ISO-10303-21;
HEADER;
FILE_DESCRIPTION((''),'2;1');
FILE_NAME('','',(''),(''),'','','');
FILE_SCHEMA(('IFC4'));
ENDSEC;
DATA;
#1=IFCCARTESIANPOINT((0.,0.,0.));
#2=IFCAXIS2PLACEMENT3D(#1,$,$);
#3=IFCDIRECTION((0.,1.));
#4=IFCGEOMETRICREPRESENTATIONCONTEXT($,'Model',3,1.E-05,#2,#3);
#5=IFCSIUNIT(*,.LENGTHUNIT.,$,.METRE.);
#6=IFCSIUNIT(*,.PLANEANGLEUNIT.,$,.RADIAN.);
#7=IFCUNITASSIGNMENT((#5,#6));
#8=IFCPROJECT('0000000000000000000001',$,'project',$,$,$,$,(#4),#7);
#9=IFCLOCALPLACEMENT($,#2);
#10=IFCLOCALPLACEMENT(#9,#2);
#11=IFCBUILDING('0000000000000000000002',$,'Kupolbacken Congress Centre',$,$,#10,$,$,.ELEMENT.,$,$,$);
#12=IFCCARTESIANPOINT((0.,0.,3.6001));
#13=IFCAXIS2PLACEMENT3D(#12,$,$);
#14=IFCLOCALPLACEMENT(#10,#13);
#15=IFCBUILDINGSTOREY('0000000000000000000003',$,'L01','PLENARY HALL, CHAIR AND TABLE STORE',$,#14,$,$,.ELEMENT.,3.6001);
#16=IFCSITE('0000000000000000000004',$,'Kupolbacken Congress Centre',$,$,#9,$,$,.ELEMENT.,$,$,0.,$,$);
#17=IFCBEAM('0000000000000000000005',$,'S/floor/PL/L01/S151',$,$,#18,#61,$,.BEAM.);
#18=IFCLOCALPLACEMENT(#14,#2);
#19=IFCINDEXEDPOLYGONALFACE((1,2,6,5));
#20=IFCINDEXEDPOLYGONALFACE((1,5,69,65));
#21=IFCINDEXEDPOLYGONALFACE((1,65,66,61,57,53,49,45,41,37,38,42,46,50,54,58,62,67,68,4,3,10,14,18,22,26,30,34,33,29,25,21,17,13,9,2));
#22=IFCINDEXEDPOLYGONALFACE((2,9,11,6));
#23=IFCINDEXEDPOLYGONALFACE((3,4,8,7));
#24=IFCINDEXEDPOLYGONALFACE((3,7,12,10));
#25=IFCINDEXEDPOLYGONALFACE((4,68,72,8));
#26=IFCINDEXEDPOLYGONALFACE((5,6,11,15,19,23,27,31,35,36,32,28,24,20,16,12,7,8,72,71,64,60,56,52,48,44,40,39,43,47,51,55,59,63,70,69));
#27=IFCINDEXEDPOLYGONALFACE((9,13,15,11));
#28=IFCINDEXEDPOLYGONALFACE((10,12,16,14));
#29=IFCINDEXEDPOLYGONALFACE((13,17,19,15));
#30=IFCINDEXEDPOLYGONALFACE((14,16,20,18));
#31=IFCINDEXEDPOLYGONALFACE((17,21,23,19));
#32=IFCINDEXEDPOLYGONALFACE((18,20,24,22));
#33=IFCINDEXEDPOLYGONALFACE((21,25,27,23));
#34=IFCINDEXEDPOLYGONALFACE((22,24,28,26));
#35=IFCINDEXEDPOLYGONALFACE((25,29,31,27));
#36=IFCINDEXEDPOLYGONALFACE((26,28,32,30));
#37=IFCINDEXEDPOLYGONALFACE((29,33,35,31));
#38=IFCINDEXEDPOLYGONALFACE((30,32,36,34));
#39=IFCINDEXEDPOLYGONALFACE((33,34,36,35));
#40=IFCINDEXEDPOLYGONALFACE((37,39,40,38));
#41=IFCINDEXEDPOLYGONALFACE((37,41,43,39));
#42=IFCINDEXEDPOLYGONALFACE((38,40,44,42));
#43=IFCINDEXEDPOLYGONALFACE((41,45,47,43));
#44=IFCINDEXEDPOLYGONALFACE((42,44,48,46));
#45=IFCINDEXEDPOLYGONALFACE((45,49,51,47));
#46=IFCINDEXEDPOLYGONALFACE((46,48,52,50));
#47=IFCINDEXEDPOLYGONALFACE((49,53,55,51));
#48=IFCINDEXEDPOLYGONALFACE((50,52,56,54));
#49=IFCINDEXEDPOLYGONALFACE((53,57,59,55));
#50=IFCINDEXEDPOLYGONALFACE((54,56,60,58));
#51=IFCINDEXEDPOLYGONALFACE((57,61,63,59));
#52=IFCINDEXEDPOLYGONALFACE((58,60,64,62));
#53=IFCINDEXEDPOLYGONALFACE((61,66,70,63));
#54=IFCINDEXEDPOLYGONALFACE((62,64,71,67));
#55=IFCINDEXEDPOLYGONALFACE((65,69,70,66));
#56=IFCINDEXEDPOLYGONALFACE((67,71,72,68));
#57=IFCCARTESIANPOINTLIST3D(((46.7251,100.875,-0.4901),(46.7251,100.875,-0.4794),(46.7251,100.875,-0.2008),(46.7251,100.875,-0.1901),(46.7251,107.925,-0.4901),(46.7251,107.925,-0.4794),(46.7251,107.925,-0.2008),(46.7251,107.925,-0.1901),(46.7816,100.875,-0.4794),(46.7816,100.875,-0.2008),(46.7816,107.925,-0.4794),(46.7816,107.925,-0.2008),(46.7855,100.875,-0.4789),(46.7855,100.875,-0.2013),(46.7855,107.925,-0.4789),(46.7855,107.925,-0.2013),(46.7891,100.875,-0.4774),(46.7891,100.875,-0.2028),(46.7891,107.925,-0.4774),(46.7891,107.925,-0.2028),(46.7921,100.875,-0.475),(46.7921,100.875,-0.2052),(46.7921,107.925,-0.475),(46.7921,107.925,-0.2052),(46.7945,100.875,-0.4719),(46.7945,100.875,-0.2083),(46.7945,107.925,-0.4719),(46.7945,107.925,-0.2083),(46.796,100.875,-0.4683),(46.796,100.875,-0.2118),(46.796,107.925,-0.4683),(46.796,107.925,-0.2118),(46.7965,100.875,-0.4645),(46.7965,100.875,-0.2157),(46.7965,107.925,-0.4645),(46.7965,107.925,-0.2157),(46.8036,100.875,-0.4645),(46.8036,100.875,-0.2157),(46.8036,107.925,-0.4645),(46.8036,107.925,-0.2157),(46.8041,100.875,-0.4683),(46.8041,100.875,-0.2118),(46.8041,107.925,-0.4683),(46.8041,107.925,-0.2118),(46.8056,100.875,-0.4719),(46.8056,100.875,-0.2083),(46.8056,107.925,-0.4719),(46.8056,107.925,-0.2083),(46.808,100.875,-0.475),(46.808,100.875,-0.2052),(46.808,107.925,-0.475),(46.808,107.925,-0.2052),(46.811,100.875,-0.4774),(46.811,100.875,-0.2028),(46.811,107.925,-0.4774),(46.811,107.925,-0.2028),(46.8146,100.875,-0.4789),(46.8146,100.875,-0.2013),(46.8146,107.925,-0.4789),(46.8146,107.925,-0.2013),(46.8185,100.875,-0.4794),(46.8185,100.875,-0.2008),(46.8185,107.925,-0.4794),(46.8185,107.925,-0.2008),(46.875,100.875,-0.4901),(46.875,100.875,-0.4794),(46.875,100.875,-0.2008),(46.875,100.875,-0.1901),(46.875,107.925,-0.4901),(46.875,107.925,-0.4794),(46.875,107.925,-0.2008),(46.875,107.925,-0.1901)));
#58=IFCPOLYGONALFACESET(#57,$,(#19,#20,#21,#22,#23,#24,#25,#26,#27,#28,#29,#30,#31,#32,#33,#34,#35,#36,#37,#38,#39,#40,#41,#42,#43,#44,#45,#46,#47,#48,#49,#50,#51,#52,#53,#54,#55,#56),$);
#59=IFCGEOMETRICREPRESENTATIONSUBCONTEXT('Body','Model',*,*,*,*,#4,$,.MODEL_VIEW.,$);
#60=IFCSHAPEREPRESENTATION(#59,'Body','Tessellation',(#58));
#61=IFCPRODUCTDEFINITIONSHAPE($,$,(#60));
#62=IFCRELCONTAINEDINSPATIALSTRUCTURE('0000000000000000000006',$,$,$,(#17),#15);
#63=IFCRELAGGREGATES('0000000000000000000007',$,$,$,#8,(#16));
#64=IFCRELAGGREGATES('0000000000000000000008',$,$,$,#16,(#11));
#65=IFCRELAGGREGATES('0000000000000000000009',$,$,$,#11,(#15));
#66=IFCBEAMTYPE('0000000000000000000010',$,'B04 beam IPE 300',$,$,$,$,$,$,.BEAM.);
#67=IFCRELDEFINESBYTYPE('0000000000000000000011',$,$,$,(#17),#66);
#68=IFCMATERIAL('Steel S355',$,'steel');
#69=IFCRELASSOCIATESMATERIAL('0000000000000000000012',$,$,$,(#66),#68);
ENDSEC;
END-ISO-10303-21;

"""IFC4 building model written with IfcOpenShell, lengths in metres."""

from ifc_helpers import new_model, si_unit, direction, frame, origin, origin_2d, place, context, subcontext, project, spatial, i_section, extrude, material, material_profile, profile_set, type_object, element, save


model = new_model("IFC4")

# Units and contexts
model_context = context("Model", 3, precision=1e-05, world=origin(), true_north=direction((0.0, 1.0)))
body_context = subcontext(model_context, "Body", "Model", "MODEL_VIEW")
ifc_project = project(units=[si_unit("LENGTHUNIT", "METRE"), si_unit("PLANEANGLEUNIT", "RADIAN")], contexts=[model_context])

# Site, building, storey
site_placement = place(None, origin())
site = spatial("IfcSite", under=ifc_project, at=site_placement, Name="Kupolbacken Congress Centre", CompositionType="ELEMENT", RefElevation=0.0)
building_placement = place(site_placement, origin())
building = spatial("IfcBuilding", under=site, at=building_placement, Name="Kupolbacken Congress Centre", CompositionType="ELEMENT")
storey_placement = place(building_placement, frame((0.0, 0.0, 3.6001)))
storey = spatial("IfcBuildingStorey", under=building, at=storey_placement, Name="L01", Description="PLENARY HALL, CHAIR AND TABLE STORE", CompositionType="ELEMENT", Elevation=3.6001)

# Beam
ifc_material_1 = material(Name="Steel S355", Category="steel")
ifc_material_profile_1 = material_profile(ifc_material_1, i_section(OverallWidth=0.1499, OverallDepth=0.3, WebThickness=0.0071, FlangeThickness=0.0107, FilletRadius=0.0149, at=origin_2d()), Name="IPE 300")
ifc_profile_set_1 = profile_set([ifc_material_profile_1], Name="Steel S355")
beam_type_1 = type_object("IfcBeamType", Name="B04 beam IPE 300", PredefinedType="BEAM", material=ifc_profile_set_1)
for number, where, z_axis, x_axis, name in (
    (1, (46.8, 100.875, -0.3401), (0.0, 1.0, 0.0), (-1.0, 0.0, 0.0), "S/floor/PL/L01/S151"),
):
    element("IfcBeam", number, at=place(storey_placement, frame(where, z_axis=z_axis, x_axis=x_axis)), inside=storey, type_object=beam_type_1, Name=name, PredefinedType="BEAM", context=body_context, shape_type="SweptSolid", body=[
        extrude(i_section(OverallWidth=0.1499, OverallDepth=0.3, WebThickness=0.0071, FlangeThickness=0.0107, FilletRadius=0.0149, at=origin_2d()), origin(), (0.0, 0.0, 1.0), 7.05),
    ])

save(model, "model.ifc")
